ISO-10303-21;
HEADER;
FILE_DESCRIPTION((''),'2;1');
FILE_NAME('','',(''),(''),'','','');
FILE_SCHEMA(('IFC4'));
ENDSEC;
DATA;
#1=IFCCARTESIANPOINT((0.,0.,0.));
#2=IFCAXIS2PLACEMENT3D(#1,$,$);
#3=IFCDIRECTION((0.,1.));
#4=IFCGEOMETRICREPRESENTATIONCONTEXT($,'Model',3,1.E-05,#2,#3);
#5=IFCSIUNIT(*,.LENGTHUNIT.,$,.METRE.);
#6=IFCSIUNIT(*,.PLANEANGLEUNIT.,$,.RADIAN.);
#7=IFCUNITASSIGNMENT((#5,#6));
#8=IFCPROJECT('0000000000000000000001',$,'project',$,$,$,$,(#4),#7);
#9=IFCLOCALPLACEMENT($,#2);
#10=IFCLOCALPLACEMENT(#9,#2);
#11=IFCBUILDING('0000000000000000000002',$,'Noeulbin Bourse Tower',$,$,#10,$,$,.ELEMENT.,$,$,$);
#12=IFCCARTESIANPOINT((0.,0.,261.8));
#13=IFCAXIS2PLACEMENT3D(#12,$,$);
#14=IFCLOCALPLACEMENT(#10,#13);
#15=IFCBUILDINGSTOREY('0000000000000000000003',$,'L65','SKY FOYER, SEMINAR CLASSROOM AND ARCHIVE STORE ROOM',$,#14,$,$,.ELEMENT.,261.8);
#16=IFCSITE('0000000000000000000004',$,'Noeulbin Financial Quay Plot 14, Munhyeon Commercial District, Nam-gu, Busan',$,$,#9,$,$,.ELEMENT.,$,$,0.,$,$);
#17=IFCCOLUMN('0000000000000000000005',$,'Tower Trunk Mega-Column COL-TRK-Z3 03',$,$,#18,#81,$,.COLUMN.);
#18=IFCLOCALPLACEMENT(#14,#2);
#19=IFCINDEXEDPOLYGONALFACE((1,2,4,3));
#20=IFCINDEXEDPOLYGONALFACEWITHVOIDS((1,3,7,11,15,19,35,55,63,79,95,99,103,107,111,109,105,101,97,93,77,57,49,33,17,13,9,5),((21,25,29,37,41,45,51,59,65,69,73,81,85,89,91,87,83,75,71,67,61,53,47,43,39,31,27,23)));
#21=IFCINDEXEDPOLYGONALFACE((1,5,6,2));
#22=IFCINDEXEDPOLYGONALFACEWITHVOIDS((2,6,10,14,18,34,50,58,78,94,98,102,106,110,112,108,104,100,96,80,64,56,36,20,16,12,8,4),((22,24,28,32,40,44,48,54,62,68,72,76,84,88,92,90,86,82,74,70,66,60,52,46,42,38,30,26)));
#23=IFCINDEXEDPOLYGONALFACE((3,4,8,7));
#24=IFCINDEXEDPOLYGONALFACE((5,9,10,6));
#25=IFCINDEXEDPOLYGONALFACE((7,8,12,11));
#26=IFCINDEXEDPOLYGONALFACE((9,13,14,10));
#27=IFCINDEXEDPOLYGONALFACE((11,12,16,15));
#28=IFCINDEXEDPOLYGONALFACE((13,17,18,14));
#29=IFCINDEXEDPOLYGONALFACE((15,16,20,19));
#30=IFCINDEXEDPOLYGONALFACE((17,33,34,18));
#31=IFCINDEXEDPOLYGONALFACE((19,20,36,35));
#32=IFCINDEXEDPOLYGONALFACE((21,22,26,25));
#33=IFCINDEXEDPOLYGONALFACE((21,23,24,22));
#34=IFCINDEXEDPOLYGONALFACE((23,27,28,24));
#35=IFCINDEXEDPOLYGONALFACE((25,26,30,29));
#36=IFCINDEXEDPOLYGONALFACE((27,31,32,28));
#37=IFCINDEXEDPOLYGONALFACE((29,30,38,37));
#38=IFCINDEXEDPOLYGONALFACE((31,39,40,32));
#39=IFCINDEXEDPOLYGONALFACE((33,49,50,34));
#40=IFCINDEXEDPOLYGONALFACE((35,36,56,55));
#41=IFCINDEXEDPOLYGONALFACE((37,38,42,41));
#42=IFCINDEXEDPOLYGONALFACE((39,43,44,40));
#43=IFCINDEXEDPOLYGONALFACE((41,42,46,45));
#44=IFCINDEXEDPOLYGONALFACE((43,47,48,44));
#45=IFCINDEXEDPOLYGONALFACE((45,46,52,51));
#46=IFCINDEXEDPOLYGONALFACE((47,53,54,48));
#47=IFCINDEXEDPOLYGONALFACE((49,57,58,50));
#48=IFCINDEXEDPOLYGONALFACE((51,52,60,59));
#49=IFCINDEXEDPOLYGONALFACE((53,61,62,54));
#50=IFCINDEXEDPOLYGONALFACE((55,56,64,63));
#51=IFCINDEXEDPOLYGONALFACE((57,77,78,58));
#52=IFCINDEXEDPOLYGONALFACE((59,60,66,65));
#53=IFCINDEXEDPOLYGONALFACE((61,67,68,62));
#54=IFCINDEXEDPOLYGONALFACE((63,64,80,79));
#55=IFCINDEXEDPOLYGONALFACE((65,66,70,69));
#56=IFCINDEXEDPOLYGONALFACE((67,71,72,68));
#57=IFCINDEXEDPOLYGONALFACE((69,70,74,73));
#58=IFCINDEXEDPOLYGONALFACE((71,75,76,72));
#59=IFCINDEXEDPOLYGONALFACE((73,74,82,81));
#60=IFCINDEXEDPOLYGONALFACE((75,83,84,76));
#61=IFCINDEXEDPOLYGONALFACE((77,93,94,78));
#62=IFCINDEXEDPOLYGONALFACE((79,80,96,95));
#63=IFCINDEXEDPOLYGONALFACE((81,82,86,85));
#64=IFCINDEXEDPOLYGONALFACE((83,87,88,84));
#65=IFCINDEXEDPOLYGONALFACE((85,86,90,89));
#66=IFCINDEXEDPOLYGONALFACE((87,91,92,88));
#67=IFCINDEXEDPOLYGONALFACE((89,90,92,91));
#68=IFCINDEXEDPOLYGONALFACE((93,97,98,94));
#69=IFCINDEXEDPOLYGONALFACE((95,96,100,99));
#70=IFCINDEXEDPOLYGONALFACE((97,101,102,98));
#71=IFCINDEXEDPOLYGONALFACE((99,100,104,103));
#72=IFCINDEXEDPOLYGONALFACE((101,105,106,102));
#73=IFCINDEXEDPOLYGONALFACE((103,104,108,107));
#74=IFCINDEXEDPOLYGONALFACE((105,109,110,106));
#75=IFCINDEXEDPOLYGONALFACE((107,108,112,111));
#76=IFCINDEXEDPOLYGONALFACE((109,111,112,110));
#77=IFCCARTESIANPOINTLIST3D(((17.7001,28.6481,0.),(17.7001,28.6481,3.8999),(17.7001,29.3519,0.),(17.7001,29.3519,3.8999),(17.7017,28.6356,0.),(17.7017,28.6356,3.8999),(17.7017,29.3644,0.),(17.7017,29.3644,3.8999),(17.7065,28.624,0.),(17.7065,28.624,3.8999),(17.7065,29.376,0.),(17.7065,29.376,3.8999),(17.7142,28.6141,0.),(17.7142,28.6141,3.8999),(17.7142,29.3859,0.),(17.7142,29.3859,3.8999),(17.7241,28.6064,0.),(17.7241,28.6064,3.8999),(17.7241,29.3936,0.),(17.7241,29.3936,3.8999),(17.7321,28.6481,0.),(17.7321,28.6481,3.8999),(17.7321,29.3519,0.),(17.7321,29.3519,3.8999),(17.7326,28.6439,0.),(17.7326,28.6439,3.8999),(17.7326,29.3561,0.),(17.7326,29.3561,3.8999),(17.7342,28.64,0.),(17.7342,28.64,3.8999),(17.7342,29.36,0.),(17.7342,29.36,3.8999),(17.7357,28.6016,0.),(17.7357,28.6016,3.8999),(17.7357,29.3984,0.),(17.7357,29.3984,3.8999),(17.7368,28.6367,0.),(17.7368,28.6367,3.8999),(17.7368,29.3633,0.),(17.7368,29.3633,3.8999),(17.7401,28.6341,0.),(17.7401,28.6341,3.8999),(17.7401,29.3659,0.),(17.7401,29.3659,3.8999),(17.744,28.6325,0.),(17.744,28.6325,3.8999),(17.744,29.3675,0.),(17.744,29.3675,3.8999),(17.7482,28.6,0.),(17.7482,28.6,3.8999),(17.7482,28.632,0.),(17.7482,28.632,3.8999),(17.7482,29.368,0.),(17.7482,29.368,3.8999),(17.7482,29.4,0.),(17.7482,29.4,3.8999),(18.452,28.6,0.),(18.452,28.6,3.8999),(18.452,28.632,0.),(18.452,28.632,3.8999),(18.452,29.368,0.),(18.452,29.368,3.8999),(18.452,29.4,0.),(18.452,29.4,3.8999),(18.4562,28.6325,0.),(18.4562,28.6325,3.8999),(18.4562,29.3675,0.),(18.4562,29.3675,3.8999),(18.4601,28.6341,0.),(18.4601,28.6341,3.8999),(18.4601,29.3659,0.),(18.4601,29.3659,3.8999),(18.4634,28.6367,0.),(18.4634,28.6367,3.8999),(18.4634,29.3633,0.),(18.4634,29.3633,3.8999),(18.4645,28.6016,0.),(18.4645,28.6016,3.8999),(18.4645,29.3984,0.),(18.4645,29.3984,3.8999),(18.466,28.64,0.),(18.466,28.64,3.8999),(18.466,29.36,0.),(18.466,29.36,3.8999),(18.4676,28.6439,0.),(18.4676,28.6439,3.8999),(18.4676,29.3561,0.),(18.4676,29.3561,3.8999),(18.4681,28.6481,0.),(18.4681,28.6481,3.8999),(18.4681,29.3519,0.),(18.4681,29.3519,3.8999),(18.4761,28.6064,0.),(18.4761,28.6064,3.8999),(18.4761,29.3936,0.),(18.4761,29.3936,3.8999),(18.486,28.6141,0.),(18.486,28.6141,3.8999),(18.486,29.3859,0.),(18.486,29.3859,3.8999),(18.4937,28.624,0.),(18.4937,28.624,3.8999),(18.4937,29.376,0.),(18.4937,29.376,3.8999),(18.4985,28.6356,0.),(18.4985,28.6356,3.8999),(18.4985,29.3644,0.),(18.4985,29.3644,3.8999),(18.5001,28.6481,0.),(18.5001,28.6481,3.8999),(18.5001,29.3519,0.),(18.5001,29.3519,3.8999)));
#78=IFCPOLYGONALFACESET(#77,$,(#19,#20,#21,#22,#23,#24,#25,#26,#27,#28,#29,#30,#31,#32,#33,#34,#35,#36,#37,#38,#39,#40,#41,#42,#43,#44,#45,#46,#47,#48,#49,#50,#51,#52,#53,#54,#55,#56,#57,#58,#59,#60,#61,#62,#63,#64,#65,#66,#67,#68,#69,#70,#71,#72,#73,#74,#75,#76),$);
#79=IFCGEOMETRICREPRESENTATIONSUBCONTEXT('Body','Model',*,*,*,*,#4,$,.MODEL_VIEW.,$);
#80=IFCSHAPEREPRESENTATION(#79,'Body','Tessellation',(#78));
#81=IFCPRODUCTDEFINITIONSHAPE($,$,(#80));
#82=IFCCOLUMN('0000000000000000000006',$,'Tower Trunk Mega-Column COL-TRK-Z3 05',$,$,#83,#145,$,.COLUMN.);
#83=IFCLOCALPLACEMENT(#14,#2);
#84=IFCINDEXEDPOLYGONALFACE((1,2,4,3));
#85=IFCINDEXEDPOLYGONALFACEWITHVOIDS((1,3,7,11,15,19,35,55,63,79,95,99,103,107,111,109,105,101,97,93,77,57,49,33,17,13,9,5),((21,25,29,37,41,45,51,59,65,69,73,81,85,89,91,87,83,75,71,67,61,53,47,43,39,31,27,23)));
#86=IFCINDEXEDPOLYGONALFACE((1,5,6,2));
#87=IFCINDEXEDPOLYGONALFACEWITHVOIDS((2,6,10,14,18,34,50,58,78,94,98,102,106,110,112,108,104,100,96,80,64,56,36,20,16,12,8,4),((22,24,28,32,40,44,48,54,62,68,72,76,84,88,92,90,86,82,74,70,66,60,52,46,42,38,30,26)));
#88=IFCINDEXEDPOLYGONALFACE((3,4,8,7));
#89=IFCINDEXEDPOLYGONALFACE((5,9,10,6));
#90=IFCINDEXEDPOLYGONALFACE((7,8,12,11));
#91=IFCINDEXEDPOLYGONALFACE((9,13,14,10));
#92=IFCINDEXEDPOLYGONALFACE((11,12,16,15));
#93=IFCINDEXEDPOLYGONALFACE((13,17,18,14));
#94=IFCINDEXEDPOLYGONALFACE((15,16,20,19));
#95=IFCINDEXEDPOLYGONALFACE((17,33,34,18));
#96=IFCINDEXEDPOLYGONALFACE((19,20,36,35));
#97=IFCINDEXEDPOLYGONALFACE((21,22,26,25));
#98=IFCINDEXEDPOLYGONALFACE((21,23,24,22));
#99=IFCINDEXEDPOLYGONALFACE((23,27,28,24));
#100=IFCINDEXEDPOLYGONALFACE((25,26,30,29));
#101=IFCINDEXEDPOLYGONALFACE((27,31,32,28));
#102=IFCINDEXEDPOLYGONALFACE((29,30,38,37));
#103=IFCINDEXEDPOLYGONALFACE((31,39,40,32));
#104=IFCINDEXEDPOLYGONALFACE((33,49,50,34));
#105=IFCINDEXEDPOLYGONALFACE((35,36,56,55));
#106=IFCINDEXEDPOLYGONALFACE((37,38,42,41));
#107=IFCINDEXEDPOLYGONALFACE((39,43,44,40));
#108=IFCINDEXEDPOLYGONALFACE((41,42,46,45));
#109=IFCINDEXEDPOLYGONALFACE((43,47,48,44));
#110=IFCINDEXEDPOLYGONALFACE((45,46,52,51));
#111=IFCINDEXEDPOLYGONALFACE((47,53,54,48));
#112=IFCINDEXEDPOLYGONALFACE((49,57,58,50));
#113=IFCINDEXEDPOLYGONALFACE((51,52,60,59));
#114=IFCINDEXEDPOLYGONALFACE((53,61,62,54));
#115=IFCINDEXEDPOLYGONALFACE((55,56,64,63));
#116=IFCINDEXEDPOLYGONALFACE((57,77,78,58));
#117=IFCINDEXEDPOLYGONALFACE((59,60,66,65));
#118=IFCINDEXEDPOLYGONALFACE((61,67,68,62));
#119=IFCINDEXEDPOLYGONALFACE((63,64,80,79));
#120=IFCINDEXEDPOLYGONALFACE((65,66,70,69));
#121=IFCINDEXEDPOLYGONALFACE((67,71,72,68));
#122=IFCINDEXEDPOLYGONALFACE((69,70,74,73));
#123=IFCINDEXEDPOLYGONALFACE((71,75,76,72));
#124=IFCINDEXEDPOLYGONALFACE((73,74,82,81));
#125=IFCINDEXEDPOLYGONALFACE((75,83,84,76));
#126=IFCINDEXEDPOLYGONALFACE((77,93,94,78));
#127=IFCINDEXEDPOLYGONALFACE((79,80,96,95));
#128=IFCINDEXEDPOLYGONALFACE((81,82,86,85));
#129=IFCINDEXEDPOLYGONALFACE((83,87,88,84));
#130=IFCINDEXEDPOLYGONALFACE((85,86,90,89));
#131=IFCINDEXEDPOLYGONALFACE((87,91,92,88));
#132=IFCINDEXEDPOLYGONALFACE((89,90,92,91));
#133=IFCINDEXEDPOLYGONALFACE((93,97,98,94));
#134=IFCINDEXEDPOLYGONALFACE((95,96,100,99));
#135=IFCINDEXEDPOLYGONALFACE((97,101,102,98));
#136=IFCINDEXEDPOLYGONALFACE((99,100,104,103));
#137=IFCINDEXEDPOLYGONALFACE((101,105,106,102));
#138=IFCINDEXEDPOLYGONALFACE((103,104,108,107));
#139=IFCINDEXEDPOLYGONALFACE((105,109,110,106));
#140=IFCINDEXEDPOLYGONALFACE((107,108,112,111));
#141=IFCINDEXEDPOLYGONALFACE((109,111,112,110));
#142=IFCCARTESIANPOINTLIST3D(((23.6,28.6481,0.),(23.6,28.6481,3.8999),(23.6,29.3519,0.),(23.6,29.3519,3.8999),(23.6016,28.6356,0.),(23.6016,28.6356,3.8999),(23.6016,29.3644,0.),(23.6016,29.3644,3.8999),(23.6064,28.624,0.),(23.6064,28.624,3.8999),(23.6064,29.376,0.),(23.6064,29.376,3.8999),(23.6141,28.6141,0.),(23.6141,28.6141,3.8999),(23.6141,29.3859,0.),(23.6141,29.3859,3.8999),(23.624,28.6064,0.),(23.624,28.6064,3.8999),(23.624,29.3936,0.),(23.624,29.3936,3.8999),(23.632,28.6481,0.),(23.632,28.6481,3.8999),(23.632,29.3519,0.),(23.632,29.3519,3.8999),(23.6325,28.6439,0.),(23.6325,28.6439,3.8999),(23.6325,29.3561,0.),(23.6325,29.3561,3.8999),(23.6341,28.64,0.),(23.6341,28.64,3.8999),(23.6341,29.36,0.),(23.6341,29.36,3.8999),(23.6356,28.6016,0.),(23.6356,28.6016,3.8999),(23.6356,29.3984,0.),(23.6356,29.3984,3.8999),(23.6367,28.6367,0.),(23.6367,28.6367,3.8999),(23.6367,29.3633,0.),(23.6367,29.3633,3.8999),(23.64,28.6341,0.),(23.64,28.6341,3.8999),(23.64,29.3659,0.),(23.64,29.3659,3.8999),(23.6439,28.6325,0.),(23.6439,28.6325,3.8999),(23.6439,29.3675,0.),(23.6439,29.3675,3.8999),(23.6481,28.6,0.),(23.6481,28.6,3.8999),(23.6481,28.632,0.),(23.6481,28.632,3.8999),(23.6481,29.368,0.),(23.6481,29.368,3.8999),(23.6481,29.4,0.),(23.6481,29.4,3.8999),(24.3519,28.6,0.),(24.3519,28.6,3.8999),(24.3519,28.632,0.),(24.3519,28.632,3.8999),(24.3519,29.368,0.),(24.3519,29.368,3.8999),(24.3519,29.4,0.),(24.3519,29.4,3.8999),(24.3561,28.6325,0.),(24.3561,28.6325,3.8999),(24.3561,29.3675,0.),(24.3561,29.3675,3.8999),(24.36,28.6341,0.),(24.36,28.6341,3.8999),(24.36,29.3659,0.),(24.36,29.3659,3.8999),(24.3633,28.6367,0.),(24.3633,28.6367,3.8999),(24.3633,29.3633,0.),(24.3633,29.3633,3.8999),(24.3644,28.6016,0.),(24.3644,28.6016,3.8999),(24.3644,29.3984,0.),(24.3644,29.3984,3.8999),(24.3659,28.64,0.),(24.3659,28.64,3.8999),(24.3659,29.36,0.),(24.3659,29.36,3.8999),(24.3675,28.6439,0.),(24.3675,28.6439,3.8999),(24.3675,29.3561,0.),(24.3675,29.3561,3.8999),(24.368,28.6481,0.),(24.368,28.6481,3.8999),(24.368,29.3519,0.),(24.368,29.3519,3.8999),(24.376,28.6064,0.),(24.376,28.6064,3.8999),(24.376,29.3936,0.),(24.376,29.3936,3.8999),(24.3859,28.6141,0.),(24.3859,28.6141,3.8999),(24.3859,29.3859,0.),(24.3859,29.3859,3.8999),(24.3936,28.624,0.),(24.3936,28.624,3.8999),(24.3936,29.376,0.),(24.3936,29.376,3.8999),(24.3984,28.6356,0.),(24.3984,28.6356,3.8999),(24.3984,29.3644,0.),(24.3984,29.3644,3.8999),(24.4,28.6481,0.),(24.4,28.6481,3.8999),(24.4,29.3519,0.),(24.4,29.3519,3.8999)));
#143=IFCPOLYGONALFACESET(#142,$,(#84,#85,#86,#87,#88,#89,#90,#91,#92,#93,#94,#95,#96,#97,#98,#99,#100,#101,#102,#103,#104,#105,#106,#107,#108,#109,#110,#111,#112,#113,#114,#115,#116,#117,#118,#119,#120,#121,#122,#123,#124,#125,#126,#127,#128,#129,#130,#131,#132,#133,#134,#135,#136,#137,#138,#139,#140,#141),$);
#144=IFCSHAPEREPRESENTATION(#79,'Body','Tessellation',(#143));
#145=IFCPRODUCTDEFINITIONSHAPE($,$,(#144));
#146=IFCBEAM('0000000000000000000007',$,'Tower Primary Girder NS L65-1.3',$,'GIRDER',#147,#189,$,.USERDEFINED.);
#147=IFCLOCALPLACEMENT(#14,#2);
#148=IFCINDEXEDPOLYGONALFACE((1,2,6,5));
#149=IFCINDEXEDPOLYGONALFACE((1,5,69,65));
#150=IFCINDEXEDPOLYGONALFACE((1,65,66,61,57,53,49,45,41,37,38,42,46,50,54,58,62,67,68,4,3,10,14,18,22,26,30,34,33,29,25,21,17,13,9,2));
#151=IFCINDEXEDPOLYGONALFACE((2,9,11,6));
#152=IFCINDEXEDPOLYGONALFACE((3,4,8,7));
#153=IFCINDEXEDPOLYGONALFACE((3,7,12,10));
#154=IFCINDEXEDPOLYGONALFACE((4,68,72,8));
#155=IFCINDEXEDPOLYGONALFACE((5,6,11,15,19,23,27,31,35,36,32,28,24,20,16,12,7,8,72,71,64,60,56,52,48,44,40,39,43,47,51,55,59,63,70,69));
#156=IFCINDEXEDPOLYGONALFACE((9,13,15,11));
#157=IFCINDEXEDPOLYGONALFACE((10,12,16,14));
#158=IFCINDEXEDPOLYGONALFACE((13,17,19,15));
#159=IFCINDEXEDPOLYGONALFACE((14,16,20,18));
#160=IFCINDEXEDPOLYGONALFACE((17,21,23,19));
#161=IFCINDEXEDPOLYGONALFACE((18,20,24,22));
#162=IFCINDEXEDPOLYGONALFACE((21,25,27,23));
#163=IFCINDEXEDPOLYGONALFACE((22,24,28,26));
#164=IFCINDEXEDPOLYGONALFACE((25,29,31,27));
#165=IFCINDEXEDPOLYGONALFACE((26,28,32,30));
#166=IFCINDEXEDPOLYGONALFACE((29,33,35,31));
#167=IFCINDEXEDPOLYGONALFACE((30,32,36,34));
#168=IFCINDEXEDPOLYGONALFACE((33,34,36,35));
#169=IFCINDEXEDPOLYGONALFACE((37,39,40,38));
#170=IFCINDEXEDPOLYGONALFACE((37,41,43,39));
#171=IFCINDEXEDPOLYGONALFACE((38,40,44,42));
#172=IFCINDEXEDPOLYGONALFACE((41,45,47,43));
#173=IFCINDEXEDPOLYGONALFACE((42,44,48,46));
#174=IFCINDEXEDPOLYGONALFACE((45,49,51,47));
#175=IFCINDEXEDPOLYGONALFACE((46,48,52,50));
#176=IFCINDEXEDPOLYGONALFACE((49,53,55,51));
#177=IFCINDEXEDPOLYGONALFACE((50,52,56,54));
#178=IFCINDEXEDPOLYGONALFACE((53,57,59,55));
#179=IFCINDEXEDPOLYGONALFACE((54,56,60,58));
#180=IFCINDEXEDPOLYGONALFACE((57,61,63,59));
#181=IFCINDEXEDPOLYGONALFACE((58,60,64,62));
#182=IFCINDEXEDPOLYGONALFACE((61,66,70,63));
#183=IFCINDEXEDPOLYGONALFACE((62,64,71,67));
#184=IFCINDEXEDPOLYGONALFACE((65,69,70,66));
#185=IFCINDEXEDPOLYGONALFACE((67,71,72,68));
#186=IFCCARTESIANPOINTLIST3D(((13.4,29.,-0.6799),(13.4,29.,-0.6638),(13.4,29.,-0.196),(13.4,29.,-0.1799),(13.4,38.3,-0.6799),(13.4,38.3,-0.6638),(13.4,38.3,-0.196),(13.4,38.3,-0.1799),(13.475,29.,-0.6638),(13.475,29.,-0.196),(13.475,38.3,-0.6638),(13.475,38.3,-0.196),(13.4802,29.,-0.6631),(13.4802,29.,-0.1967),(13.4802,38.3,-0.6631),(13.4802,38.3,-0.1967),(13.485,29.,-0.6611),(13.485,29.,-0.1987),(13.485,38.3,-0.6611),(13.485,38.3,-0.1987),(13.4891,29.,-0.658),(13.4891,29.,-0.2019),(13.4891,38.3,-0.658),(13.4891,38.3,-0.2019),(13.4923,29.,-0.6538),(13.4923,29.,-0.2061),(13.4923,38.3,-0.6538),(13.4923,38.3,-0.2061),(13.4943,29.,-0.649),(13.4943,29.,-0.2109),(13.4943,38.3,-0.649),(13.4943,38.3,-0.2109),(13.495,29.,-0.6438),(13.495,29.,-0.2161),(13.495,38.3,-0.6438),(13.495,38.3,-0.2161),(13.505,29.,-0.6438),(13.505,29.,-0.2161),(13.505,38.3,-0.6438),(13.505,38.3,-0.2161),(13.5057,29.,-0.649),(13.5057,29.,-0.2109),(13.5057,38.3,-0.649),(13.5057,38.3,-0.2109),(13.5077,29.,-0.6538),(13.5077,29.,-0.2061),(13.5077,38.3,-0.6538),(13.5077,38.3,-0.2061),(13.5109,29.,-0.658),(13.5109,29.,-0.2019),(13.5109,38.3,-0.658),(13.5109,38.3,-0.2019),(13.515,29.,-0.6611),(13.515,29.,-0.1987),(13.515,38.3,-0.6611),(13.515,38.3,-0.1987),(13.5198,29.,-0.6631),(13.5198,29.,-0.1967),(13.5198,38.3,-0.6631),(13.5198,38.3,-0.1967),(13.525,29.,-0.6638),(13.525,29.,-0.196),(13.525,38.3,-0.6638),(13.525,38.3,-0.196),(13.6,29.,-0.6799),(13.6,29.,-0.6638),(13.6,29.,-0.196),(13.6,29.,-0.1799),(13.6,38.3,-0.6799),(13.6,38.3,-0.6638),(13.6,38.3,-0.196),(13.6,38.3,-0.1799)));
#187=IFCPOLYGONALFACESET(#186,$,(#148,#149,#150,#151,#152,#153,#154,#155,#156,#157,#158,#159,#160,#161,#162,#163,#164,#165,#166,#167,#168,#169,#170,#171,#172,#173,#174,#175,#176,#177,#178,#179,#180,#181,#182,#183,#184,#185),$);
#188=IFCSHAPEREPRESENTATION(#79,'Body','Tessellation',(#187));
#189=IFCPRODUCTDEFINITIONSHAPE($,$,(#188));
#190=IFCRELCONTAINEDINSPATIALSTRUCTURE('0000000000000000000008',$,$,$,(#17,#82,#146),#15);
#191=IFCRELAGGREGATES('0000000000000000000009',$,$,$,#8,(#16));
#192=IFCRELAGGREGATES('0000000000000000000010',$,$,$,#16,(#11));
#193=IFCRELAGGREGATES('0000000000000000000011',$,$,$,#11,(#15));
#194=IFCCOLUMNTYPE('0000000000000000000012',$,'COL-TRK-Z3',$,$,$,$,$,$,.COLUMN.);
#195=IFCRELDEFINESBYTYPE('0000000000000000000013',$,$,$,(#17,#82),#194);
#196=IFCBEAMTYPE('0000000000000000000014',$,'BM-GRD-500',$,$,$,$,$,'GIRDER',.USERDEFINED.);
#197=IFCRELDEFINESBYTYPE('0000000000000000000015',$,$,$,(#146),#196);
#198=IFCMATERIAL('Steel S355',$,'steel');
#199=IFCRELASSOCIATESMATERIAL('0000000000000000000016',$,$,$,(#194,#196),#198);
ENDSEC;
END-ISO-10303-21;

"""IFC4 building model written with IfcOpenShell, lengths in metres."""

from ifc_helpers import new_model, si_unit, direction, frame, origin, origin_2d, place, context, subcontext, project, spatial, hollow_rectangle, i_section, extrude, material, material_profile, profile_set, type_object, element, save


model = new_model("IFC4")

# Units and contexts
model_context = context("Model", 3, precision=1e-05, world=origin(), true_north=direction((0.0, 1.0)))
body_context = subcontext(model_context, "Body", "Model", "MODEL_VIEW")
ifc_project = project(units=[si_unit("LENGTHUNIT", "METRE"), si_unit("PLANEANGLEUNIT", "RADIAN")], contexts=[model_context])

# Site, building, storey
site_placement = place(None, origin())
site = spatial("IfcSite", under=ifc_project, at=site_placement, Name="Noeulbin Financial Quay Plot 14, Munhyeon Commercial District, Nam-gu, Busan", CompositionType="ELEMENT", RefElevation=0.0)
building_placement = place(site_placement, origin())
building = spatial("IfcBuilding", under=site, at=building_placement, Name="Noeulbin Bourse Tower", CompositionType="ELEMENT")
storey_placement = place(building_placement, frame((0.0, 0.0, 261.8)))
storey = spatial("IfcBuildingStorey", under=building, at=storey_placement, Name="L65", Description="SKY FOYER, SEMINAR CLASSROOM AND ARCHIVE STORE ROOM", CompositionType="ELEMENT", Elevation=261.8)

# Columns
ifc_material_1 = material(Name="Steel S355", Category="steel")
ifc_material_profile_1 = material_profile(ifc_material_1, hollow_rectangle(XDim=0.8, YDim=0.8, WallThickness=0.032, InnerFilletRadius=0.0161, OuterFilletRadius=0.0481, at=origin_2d()), Name="BOX-800x800x32", Category="LoadBearing")
ifc_profile_set_1 = profile_set([ifc_material_profile_1], Name="Steel S355")
column_type = type_object("IfcColumnType", Name="COL-TRK-Z3", PredefinedType="COLUMN", material=ifc_profile_set_1)
for number, where, z_axis, x_axis, name in (
    (1, (18.1001, 29.0, 0.0), (0.0, 0.0, 1.0), (1.0, 0.0, 0.0), "Tower Trunk Mega-Column COL-TRK-Z3 03"),
    (2, (24.0, 29.0, 0.0), (0.0, 0.0, 1.0), (1.0, 0.0, 0.0), "Tower Trunk Mega-Column COL-TRK-Z3 05"),
):
    element("IfcColumn", number, at=place(storey_placement, frame(where, z_axis=z_axis, x_axis=x_axis)), inside=storey, type_object=column_type, Name=name, PredefinedType="COLUMN", context=body_context, shape_type="SweptSolid", body=[
        extrude(hollow_rectangle(XDim=0.8, YDim=0.8, WallThickness=0.032, InnerFilletRadius=0.0161, OuterFilletRadius=0.0481, at=origin_2d()), origin(), (0.0, 0.0, 1.0), 3.8999),
    ])

# Beam
ifc_material_profile_2 = material_profile(ifc_material_1, i_section(OverallWidth=0.2, OverallDepth=0.5, WebThickness=0.01, FlangeThickness=0.0161, FilletRadius=0.02, at=origin_2d()), Name="H-500x200x10x16", Category="LoadBearing")
ifc_profile_set_2 = profile_set([ifc_material_profile_2], Name="Steel S355")
beam_type_1 = type_object("IfcBeamType", Name="BM-GRD-500", ElementType="GIRDER", PredefinedType="USERDEFINED", material=ifc_profile_set_2)
beam_placement = place(storey_placement, frame((13.5, 29.0, -0.4299), z_axis=(0.0, 1.0, 0.0), x_axis=(-1.0, 0.0, 0.0)))
element("IfcBeam", 3, at=beam_placement, inside=storey, type_object=beam_type_1, Name="Tower Primary Girder NS L65-1.3", ObjectType="GIRDER", PredefinedType="USERDEFINED", context=body_context, shape_type="SweptSolid", body=[
    extrude(i_section(OverallWidth=0.2, OverallDepth=0.5, WebThickness=0.01, FlangeThickness=0.0161, FilletRadius=0.02, at=origin_2d()), origin(), (0.0, 0.0, 1.0), 9.3),
])

save(model, "model.ifc")
